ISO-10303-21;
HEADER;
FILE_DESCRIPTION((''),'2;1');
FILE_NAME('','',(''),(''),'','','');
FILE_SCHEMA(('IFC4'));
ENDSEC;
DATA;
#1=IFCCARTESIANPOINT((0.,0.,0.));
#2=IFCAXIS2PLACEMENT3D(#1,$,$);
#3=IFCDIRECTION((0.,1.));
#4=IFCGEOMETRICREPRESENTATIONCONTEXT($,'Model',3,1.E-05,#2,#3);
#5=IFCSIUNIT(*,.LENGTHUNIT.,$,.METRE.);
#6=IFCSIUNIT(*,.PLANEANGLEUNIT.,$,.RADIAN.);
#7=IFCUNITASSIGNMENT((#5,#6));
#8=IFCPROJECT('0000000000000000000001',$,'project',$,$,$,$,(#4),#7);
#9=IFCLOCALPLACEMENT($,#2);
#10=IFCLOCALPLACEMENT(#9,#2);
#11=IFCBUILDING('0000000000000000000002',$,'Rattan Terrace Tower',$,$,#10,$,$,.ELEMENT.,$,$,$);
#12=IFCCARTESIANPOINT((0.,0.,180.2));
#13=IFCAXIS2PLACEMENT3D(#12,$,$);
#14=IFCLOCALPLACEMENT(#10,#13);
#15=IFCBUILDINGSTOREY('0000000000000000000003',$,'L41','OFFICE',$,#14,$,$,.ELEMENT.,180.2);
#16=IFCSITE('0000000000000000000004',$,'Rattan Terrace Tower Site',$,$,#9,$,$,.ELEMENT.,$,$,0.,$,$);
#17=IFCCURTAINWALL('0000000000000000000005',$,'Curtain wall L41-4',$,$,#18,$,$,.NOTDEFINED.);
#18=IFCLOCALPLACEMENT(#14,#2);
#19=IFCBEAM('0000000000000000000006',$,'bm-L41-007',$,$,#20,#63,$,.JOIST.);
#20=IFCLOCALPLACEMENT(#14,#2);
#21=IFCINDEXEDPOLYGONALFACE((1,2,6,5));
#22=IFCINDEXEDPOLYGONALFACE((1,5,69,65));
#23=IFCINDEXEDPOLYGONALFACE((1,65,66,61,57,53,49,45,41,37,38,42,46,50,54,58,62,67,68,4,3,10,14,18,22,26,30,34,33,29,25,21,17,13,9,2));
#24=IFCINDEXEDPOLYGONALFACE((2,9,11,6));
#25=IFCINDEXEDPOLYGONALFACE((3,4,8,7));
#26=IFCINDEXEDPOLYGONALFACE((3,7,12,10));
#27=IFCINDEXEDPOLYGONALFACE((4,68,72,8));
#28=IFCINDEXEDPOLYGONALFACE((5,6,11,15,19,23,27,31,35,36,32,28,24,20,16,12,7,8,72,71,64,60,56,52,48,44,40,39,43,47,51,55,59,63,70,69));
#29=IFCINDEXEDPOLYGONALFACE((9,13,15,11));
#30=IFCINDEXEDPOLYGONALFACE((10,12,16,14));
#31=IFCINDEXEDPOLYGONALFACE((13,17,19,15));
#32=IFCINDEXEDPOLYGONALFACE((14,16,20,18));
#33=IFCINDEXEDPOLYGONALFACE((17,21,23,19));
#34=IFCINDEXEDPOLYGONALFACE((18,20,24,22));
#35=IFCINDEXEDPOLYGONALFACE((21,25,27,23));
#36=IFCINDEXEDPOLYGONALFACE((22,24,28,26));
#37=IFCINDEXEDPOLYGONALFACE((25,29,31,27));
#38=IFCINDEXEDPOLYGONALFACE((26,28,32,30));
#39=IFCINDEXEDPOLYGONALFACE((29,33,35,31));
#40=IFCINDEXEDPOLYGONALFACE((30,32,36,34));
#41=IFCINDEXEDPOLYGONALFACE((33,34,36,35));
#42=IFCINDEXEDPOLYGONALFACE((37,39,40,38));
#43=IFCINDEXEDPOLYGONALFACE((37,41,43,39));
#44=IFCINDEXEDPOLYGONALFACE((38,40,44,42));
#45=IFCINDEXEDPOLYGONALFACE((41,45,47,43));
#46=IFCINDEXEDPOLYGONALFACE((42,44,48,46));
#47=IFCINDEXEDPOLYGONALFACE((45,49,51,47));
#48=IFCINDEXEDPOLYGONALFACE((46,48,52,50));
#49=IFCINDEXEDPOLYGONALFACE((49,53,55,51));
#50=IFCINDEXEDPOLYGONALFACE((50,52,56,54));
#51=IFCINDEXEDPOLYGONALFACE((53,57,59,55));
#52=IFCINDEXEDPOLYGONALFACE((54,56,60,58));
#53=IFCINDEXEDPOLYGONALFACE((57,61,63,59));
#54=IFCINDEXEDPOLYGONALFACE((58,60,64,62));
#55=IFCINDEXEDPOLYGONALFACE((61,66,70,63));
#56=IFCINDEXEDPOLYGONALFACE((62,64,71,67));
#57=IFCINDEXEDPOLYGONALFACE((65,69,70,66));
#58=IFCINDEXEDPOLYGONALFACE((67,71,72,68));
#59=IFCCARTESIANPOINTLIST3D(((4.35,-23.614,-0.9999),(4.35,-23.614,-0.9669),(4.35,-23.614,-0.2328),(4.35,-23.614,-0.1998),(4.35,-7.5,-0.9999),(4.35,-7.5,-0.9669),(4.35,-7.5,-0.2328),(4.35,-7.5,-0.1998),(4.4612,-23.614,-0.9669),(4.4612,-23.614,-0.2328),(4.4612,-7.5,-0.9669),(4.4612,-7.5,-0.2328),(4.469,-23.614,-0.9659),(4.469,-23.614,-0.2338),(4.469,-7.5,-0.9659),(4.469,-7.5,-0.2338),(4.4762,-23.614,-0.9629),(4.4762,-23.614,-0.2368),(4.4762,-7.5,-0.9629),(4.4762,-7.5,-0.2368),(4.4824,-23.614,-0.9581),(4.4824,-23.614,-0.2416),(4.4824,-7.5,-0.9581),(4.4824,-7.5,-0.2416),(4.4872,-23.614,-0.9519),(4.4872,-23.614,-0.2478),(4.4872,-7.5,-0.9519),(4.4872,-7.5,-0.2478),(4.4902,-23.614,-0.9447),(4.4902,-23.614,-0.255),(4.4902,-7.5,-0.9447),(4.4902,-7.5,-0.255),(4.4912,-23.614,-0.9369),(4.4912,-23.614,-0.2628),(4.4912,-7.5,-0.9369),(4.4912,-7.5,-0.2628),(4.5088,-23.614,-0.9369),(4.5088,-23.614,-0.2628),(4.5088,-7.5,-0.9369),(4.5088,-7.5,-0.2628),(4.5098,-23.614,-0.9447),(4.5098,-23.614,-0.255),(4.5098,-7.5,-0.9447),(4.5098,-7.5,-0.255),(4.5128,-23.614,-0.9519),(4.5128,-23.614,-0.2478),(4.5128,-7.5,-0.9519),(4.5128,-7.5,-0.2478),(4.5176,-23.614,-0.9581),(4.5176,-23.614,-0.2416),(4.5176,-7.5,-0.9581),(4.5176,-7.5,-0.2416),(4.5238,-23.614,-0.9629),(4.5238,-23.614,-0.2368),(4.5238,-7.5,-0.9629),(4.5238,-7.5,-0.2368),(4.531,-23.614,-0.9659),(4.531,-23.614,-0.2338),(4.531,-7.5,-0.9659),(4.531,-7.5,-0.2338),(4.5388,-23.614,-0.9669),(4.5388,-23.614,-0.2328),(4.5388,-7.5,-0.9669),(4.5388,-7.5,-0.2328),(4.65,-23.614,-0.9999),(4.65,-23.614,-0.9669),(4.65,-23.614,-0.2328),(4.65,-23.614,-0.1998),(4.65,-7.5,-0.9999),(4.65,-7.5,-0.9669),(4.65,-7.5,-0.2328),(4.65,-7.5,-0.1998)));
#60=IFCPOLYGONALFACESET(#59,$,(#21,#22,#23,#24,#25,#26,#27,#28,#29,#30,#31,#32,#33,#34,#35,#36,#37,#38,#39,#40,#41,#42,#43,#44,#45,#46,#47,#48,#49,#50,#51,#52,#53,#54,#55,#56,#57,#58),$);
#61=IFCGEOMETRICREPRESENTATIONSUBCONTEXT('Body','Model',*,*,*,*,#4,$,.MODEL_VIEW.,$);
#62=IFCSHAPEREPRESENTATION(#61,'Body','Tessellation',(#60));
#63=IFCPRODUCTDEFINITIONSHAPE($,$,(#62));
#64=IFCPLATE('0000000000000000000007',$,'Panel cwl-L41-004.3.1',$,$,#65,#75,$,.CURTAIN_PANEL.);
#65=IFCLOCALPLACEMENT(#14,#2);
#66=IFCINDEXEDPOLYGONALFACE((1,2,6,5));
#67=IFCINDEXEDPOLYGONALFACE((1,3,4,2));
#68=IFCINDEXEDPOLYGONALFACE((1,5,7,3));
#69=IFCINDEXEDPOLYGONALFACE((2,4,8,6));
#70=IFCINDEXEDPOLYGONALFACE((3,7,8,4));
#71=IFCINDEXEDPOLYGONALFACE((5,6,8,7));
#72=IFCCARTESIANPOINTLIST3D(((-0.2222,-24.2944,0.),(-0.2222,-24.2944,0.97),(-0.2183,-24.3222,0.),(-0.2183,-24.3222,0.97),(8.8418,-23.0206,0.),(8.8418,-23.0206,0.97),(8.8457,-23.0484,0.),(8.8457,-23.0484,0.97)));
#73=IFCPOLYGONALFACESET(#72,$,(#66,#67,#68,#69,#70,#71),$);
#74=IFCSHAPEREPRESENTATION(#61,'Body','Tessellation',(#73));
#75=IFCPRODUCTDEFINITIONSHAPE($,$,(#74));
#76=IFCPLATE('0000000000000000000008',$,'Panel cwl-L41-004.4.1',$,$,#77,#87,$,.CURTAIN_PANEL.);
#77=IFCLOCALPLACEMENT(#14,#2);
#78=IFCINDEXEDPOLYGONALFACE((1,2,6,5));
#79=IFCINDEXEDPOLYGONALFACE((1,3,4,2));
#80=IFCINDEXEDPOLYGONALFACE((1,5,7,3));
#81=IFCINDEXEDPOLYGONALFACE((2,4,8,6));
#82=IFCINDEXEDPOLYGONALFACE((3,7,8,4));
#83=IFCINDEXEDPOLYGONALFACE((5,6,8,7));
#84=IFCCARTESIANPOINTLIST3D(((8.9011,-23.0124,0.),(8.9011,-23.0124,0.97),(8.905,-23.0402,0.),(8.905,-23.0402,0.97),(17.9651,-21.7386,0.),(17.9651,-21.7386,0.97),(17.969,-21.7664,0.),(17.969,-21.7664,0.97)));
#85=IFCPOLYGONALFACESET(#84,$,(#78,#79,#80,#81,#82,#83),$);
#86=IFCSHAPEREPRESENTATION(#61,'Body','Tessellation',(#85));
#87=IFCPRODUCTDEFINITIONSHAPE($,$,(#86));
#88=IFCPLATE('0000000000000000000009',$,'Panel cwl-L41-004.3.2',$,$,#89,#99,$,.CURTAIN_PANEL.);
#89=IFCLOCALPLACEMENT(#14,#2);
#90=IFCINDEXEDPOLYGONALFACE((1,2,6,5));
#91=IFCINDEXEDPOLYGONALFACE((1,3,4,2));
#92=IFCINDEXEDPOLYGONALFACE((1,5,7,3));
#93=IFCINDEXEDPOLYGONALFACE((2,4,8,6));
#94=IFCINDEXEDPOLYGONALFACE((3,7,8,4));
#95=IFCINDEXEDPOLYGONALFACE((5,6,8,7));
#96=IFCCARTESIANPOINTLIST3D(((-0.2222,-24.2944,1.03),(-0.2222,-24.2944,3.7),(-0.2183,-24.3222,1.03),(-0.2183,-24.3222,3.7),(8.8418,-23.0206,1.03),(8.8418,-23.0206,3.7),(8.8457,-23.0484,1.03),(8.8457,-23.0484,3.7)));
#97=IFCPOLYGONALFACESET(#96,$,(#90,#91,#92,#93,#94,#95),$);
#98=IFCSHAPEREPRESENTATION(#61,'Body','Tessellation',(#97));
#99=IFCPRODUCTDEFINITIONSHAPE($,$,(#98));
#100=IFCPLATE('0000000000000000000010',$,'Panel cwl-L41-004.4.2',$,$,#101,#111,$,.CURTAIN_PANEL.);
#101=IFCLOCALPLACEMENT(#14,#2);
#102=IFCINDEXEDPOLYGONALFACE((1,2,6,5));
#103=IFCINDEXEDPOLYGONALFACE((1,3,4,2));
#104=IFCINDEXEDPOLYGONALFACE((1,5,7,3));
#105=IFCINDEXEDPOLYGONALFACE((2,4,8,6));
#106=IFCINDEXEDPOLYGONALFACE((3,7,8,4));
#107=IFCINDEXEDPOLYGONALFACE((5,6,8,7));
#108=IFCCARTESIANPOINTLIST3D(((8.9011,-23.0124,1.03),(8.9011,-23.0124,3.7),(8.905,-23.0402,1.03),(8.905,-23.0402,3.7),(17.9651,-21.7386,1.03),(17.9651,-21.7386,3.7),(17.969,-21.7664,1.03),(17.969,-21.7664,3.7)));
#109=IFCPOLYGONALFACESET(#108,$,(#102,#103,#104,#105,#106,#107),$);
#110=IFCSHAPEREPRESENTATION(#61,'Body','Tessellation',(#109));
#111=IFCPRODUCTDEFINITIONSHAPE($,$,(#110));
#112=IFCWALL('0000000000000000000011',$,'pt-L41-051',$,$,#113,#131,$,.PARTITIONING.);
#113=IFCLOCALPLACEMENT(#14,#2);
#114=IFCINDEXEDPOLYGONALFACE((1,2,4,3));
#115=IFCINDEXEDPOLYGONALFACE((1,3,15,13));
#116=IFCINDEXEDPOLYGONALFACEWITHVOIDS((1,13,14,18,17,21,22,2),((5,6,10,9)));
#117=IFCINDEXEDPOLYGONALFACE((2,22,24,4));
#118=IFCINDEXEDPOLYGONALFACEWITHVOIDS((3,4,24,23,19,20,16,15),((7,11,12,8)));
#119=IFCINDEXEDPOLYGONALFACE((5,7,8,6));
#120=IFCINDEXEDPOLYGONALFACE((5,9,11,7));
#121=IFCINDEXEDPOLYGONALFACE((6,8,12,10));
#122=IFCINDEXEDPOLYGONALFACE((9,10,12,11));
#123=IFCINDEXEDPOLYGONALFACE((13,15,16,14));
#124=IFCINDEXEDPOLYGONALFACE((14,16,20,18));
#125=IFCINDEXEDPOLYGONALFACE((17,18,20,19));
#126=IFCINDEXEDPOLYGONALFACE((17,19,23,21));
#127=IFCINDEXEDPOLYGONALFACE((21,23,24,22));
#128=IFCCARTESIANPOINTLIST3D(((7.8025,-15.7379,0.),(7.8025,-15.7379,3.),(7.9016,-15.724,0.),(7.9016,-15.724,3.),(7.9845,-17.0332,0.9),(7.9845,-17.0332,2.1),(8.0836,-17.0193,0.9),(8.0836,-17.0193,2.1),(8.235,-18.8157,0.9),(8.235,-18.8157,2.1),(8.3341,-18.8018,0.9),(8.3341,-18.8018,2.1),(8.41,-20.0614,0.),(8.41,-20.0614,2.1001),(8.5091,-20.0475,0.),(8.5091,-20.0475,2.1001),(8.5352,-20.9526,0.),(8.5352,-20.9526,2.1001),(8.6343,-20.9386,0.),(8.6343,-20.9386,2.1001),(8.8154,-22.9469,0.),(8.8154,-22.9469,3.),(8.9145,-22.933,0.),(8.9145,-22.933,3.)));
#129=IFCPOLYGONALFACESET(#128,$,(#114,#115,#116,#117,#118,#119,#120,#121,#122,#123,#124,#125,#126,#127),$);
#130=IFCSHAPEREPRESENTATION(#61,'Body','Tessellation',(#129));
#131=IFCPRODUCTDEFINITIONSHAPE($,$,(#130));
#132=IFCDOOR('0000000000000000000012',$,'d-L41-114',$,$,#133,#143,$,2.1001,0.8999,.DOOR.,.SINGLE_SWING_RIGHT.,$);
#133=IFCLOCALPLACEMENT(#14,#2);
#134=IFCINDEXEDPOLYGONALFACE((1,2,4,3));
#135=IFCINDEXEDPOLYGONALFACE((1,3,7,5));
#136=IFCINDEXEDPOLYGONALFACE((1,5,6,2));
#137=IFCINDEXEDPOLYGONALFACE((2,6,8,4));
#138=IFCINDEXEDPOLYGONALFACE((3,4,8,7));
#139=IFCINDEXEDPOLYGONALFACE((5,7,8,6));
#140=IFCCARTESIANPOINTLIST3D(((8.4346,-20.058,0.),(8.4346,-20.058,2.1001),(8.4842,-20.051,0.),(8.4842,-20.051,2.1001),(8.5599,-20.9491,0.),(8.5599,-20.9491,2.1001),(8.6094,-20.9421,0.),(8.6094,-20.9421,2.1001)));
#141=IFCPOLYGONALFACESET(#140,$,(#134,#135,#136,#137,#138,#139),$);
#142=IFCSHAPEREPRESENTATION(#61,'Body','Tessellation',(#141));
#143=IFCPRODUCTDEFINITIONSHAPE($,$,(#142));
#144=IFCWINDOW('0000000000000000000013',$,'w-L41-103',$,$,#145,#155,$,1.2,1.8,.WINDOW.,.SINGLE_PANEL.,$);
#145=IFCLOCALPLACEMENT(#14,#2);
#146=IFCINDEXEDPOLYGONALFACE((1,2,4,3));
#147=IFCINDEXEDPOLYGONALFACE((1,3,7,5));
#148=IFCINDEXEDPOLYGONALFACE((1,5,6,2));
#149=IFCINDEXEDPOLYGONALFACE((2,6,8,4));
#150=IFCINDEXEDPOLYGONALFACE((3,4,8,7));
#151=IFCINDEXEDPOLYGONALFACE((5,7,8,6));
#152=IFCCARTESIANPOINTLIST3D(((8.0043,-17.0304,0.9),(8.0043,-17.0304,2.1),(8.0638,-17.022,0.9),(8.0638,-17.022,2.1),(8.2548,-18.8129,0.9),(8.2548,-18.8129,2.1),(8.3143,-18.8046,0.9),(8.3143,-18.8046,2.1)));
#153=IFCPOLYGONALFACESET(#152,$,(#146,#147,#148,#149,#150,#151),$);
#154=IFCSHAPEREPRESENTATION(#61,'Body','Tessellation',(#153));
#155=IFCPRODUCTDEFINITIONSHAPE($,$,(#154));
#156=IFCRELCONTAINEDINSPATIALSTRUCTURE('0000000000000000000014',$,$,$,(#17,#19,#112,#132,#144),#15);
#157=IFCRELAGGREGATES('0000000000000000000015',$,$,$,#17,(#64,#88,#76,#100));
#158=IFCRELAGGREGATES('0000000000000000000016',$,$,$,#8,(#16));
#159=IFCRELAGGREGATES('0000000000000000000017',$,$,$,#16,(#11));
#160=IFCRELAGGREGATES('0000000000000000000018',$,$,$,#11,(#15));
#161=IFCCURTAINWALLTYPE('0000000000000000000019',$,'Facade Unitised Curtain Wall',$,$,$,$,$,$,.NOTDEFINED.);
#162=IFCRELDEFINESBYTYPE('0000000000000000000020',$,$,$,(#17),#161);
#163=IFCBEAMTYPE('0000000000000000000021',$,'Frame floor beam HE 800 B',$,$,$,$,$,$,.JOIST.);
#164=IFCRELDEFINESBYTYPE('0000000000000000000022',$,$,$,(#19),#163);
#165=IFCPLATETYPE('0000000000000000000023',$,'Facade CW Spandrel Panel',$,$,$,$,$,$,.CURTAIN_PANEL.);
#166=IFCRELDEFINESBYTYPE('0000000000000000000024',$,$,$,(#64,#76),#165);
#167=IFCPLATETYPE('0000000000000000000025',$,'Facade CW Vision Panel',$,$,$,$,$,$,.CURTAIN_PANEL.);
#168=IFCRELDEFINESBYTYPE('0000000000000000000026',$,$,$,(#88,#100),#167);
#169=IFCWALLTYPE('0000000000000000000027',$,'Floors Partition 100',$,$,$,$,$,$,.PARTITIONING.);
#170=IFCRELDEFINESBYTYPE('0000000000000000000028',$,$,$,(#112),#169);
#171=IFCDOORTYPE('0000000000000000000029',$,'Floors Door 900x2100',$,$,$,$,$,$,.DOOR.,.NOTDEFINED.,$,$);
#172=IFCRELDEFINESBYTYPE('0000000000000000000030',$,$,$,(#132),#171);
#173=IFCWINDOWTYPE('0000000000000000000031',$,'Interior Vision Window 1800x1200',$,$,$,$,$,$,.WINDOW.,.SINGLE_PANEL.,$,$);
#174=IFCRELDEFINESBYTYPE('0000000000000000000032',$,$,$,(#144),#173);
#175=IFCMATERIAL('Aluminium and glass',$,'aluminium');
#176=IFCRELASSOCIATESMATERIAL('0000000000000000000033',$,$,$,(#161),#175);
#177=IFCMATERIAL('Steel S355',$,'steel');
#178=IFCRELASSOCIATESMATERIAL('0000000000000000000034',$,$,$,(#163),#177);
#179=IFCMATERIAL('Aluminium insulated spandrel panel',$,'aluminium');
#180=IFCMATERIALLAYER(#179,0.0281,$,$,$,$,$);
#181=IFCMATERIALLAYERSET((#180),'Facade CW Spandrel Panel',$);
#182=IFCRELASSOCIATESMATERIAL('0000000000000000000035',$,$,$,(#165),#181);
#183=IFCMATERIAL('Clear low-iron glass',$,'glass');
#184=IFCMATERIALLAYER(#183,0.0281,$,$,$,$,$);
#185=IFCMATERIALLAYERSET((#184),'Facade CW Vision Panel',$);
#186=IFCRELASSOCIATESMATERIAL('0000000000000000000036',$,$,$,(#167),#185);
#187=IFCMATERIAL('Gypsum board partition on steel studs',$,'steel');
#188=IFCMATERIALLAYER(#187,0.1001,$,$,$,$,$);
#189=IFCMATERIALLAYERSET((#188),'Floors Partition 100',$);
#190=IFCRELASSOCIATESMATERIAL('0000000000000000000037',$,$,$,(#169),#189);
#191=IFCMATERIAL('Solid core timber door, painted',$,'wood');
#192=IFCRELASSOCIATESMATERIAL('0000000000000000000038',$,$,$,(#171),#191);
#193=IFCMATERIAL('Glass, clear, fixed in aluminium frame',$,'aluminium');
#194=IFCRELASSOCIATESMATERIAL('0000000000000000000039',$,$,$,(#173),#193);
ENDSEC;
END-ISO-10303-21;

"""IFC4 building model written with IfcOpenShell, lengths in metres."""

from ifc_helpers import new_model, si_unit, direction, frame, frame_2d, origin, origin_2d, place, context, subcontext, project, spatial, rectangle, i_section, extrude, material, layer, layer_set, material_profile, profile_set, type_object, element, fill, aggregate, save


model = new_model("IFC4")

# Units and contexts
model_context = context("Model", 3, precision=1e-05, world=origin(), true_north=direction((0.0, 1.0)))
body_context = subcontext(model_context, "Body", "Model", "MODEL_VIEW")
ifc_project = project(units=[si_unit("LENGTHUNIT", "METRE"), si_unit("PLANEANGLEUNIT", "RADIAN")], contexts=[model_context])

# Site, building, storey
site_placement = place(None, origin())
site = spatial("IfcSite", under=ifc_project, at=site_placement, Name="Rattan Terrace Tower Site", CompositionType="ELEMENT", RefElevation=0.0)
building_placement = place(site_placement, origin())
building = spatial("IfcBuilding", under=site, at=building_placement, Name="Rattan Terrace Tower", CompositionType="ELEMENT")
storey_placement = place(building_placement, frame((0.0, 0.0, 180.2)))
storey = spatial("IfcBuildingStorey", under=building, at=storey_placement, Name="L41", Description="OFFICE", CompositionType="ELEMENT", Elevation=180.2)

# Curtain wall
ifc_material_1 = material(Name="Aluminium and glass", Category="aluminium")
curtain_wall_type = type_object("IfcCurtainWallType", Name="Facade Unitised Curtain Wall", PredefinedType="NOTDEFINED", material=ifc_material_1)
curtain_wall_placement = place(storey_placement, origin())
curtain_wall = element("IfcCurtainWall", 1, at=curtain_wall_placement, inside=storey, type_object=curtain_wall_type, Name="Curtain wall L41-4", PredefinedType="NOTDEFINED")

# Beam
ifc_material_2 = material(Name="Steel S355", Category="steel")
ifc_material_profile_1 = material_profile(ifc_material_2, i_section(OverallWidth=0.3, OverallDepth=0.8, WebThickness=0.0176, FlangeThickness=0.033, FilletRadius=0.03, at=origin_2d()), Name="HE 800 B")
ifc_profile_set_1 = profile_set([ifc_material_profile_1], Name="Steel S355")
beam_type_1 = type_object("IfcBeamType", Name="Frame floor beam HE 800 B", PredefinedType="JOIST", material=ifc_profile_set_1)
beam_1_placement = place(storey_placement, frame((4.5, -23.614, -0.5999), z_axis=(0.0, 1.0, 0.0), x_axis=(-1.0, 0.0, 0.0)))
element("IfcBeam", 2, at=beam_1_placement, inside=storey, type_object=beam_type_1, Name="bm-L41-007", PredefinedType="JOIST", context=body_context, shape_type="SweptSolid", body=[
    extrude(i_section(OverallWidth=0.3, OverallDepth=0.8, WebThickness=0.0176, FlangeThickness=0.033, FilletRadius=0.03, at=origin_2d()), origin(), (0.0, 0.0, 1.0), 16.114),
])

# Plates
ifc_material_3 = material(Name="Aluminium insulated spandrel panel", Category="aluminium")
ifc_layer_1 = layer(ifc_material_3, 0.0281)
ifc_layer_set_1 = layer_set([ifc_layer_1], Name="Facade CW Spandrel Panel")
plate_type_1 = type_object("IfcPlateType", Name="Facade CW Spandrel Panel", PredefinedType="CURTAIN_PANEL", material=ifc_layer_set_1)
plate_1_placement = place(storey_placement, frame((4.3118, -23.6714, 0.0), z_axis=(0.0, 0.0, 1.0), x_axis=(0.99027, 0.139161, 0.0)))
plate_1 = element("IfcPlate", 3, at=plate_1_placement, type_object=plate_type_1, Name="Panel cwl-L41-004.3.1", PredefinedType="CURTAIN_PANEL", context=body_context, shape_type="SweptSolid", body=[
    extrude(rectangle(XDim=9.1531, YDim=0.0281, at=origin_2d()), origin(), (0.0, 0.0, 1.0), 0.97),
])
plate_2_placement = place(storey_placement, frame((13.4351, -22.3894, 0.0), z_axis=(0.0, 0.0, 1.0), x_axis=(0.99027, 0.139161, 0.0)))
plate_2 = element("IfcPlate", 4, at=plate_2_placement, type_object=plate_type_1, Name="Panel cwl-L41-004.4.1", PredefinedType="CURTAIN_PANEL", context=body_context, shape_type="SweptSolid", body=[
    extrude(rectangle(XDim=9.1531, YDim=0.0281, at=origin_2d()), origin(), (0.0, 0.0, 1.0), 0.97),
])
ifc_material_4 = material(Name="Clear low-iron glass", Category="glass")
ifc_layer_2 = layer(ifc_material_4, 0.0281)
ifc_layer_set_2 = layer_set([ifc_layer_2], Name="Facade CW Vision Panel")
plate_type_2 = type_object("IfcPlateType", Name="Facade CW Vision Panel", PredefinedType="CURTAIN_PANEL", material=ifc_layer_set_2)
plate_3_placement = place(storey_placement, frame((4.3118, -23.6714, 1.03), z_axis=(0.0, 0.0, 1.0), x_axis=(0.99027, 0.139161, 0.0)))
plate_3 = element("IfcPlate", 5, at=plate_3_placement, type_object=plate_type_2, Name="Panel cwl-L41-004.3.2", PredefinedType="CURTAIN_PANEL", context=body_context, shape_type="SweptSolid", body=[
    extrude(rectangle(XDim=9.1531, YDim=0.0281, at=origin_2d()), origin(), (0.0, 0.0, 1.0), 2.6699),
])
plate_4_placement = place(storey_placement, frame((13.4351, -22.3894, 1.03), z_axis=(0.0, 0.0, 1.0), x_axis=(0.99027, 0.139161, 0.0)))
plate_4 = element("IfcPlate", 6, at=plate_4_placement, type_object=plate_type_2, Name="Panel cwl-L41-004.4.2", PredefinedType="CURTAIN_PANEL", context=body_context, shape_type="SweptSolid", body=[
    extrude(rectangle(XDim=9.1531, YDim=0.0281, at=origin_2d()), origin(), (0.0, 0.0, 1.0), 2.6699),
])
aggregate(curtain_wall, [plate_1, plate_3, plate_2, plate_4])

# Wall, openings, door, window
ifc_material_5 = material(Name="Gypsum board partition on steel studs", Category="steel")
ifc_layer_3 = layer(ifc_material_5, 0.1001)
ifc_layer_set_3 = layer_set([ifc_layer_3], Name="Floors Partition 100")
wall_type_1 = type_object("IfcWallType", Name="Floors Partition 100", PredefinedType="PARTITIONING", material=ifc_layer_set_3)
wall_1_placement = place(storey_placement, frame((7.8521, -15.731, 0.0), z_axis=(0.0, 0.0, 1.0), x_axis=(0.139144, -0.990272, 0.0)))
wall_1 = element("IfcWall", 7, at=wall_1_placement, inside=storey, type_object=wall_type_1, Name="pt-L41-051", PredefinedType="PARTITIONING", context=body_context, shape_type="SweptSolid", body=[
    extrude(rectangle(XDim=7.2798, YDim=0.1001, at=frame_2d((3.6399, 0.0))), origin(), (0.0, 0.0, 1.0), 3.0),
])
opening_1_placement = place(wall_1_placement, frame((4.366, 0.0, 0.0)))
opening_1 = element("IfcOpeningElement", 8, at=opening_1_placement, cuts=wall_1, PredefinedType="OPENING", context=body_context, shape_type="SweptSolid", body=[
    extrude(rectangle(XDim=0.8999, YDim=2.1001, at=frame_2d((0.45, 1.05))), frame((0.0, 0.0605, 0.0), z_axis=(0.0, -1.0, 0.0), x_axis=(1.0, 0.0, 0.0)), (0.0, 0.0, 1.0), 0.1211),
])
opening_2_placement = place(wall_1_placement, frame((1.3081, 0.0, 0.8999)))
opening_2 = element("IfcOpeningElement", 9, at=opening_2_placement, cuts=wall_1, PredefinedType="OPENING", context=body_context, shape_type="SweptSolid", body=[
    extrude(rectangle(XDim=1.8, YDim=1.2, at=frame_2d((0.8999, 0.6001))), frame((0.0, 0.0605, 0.0), z_axis=(0.0, -1.0, 0.0), x_axis=(1.0, 0.0, 0.0)), (0.0, 0.0, 1.0), 0.1211),
])
ifc_material_6 = material(Name="Solid core timber door, painted", Category="wood")
door_type = type_object("IfcDoorType", Name="Floors Door 900x2100", OperationType="NOTDEFINED", PredefinedType="DOOR", material=ifc_material_6)
door_placement = place(opening_1_placement, origin())
door = element("IfcDoor", 10, at=door_placement, inside=storey, type_object=door_type, Name="d-L41-114", OperationType="SINGLE_SWING_RIGHT", OverallHeight=2.1001, OverallWidth=0.8999, PredefinedType="DOOR", context=body_context, shape_type="SweptSolid", body=[
    extrude(rectangle(XDim=0.8999, YDim=2.1001, at=frame_2d((0.45, 1.05))), frame((0.0, 0.0249, 0.0), z_axis=(0.0, -1.0, 0.0), x_axis=(1.0, 0.0, 0.0)), (0.0, 0.0, 1.0), 0.05),
])
fill(opening_1, door)
ifc_material_7 = material(Name="Glass, clear, fixed in aluminium frame", Category="aluminium")
window_type = type_object("IfcWindowType", Name="Interior Vision Window 1800x1200", PartitioningType="SINGLE_PANEL", PredefinedType="WINDOW", material=ifc_material_7)
window_1_placement = place(opening_2_placement, origin())
window_1 = element("IfcWindow", 11, at=window_1_placement, inside=storey, type_object=window_type, Name="w-L41-103", OverallHeight=1.2, OverallWidth=1.8, PartitioningType="SINGLE_PANEL", PredefinedType="WINDOW", context=body_context, shape_type="SweptSolid", body=[
    extrude(rectangle(XDim=1.8, YDim=1.2, at=frame_2d((0.8999, 0.6001))), frame((0.0, 0.03, 0.0), z_axis=(0.0, -1.0, 0.0), x_axis=(1.0, 0.0, 0.0)), (0.0, 0.0, 1.0), 0.0601),
])
fill(opening_2, window_1)

save(model, "model.ifc")
